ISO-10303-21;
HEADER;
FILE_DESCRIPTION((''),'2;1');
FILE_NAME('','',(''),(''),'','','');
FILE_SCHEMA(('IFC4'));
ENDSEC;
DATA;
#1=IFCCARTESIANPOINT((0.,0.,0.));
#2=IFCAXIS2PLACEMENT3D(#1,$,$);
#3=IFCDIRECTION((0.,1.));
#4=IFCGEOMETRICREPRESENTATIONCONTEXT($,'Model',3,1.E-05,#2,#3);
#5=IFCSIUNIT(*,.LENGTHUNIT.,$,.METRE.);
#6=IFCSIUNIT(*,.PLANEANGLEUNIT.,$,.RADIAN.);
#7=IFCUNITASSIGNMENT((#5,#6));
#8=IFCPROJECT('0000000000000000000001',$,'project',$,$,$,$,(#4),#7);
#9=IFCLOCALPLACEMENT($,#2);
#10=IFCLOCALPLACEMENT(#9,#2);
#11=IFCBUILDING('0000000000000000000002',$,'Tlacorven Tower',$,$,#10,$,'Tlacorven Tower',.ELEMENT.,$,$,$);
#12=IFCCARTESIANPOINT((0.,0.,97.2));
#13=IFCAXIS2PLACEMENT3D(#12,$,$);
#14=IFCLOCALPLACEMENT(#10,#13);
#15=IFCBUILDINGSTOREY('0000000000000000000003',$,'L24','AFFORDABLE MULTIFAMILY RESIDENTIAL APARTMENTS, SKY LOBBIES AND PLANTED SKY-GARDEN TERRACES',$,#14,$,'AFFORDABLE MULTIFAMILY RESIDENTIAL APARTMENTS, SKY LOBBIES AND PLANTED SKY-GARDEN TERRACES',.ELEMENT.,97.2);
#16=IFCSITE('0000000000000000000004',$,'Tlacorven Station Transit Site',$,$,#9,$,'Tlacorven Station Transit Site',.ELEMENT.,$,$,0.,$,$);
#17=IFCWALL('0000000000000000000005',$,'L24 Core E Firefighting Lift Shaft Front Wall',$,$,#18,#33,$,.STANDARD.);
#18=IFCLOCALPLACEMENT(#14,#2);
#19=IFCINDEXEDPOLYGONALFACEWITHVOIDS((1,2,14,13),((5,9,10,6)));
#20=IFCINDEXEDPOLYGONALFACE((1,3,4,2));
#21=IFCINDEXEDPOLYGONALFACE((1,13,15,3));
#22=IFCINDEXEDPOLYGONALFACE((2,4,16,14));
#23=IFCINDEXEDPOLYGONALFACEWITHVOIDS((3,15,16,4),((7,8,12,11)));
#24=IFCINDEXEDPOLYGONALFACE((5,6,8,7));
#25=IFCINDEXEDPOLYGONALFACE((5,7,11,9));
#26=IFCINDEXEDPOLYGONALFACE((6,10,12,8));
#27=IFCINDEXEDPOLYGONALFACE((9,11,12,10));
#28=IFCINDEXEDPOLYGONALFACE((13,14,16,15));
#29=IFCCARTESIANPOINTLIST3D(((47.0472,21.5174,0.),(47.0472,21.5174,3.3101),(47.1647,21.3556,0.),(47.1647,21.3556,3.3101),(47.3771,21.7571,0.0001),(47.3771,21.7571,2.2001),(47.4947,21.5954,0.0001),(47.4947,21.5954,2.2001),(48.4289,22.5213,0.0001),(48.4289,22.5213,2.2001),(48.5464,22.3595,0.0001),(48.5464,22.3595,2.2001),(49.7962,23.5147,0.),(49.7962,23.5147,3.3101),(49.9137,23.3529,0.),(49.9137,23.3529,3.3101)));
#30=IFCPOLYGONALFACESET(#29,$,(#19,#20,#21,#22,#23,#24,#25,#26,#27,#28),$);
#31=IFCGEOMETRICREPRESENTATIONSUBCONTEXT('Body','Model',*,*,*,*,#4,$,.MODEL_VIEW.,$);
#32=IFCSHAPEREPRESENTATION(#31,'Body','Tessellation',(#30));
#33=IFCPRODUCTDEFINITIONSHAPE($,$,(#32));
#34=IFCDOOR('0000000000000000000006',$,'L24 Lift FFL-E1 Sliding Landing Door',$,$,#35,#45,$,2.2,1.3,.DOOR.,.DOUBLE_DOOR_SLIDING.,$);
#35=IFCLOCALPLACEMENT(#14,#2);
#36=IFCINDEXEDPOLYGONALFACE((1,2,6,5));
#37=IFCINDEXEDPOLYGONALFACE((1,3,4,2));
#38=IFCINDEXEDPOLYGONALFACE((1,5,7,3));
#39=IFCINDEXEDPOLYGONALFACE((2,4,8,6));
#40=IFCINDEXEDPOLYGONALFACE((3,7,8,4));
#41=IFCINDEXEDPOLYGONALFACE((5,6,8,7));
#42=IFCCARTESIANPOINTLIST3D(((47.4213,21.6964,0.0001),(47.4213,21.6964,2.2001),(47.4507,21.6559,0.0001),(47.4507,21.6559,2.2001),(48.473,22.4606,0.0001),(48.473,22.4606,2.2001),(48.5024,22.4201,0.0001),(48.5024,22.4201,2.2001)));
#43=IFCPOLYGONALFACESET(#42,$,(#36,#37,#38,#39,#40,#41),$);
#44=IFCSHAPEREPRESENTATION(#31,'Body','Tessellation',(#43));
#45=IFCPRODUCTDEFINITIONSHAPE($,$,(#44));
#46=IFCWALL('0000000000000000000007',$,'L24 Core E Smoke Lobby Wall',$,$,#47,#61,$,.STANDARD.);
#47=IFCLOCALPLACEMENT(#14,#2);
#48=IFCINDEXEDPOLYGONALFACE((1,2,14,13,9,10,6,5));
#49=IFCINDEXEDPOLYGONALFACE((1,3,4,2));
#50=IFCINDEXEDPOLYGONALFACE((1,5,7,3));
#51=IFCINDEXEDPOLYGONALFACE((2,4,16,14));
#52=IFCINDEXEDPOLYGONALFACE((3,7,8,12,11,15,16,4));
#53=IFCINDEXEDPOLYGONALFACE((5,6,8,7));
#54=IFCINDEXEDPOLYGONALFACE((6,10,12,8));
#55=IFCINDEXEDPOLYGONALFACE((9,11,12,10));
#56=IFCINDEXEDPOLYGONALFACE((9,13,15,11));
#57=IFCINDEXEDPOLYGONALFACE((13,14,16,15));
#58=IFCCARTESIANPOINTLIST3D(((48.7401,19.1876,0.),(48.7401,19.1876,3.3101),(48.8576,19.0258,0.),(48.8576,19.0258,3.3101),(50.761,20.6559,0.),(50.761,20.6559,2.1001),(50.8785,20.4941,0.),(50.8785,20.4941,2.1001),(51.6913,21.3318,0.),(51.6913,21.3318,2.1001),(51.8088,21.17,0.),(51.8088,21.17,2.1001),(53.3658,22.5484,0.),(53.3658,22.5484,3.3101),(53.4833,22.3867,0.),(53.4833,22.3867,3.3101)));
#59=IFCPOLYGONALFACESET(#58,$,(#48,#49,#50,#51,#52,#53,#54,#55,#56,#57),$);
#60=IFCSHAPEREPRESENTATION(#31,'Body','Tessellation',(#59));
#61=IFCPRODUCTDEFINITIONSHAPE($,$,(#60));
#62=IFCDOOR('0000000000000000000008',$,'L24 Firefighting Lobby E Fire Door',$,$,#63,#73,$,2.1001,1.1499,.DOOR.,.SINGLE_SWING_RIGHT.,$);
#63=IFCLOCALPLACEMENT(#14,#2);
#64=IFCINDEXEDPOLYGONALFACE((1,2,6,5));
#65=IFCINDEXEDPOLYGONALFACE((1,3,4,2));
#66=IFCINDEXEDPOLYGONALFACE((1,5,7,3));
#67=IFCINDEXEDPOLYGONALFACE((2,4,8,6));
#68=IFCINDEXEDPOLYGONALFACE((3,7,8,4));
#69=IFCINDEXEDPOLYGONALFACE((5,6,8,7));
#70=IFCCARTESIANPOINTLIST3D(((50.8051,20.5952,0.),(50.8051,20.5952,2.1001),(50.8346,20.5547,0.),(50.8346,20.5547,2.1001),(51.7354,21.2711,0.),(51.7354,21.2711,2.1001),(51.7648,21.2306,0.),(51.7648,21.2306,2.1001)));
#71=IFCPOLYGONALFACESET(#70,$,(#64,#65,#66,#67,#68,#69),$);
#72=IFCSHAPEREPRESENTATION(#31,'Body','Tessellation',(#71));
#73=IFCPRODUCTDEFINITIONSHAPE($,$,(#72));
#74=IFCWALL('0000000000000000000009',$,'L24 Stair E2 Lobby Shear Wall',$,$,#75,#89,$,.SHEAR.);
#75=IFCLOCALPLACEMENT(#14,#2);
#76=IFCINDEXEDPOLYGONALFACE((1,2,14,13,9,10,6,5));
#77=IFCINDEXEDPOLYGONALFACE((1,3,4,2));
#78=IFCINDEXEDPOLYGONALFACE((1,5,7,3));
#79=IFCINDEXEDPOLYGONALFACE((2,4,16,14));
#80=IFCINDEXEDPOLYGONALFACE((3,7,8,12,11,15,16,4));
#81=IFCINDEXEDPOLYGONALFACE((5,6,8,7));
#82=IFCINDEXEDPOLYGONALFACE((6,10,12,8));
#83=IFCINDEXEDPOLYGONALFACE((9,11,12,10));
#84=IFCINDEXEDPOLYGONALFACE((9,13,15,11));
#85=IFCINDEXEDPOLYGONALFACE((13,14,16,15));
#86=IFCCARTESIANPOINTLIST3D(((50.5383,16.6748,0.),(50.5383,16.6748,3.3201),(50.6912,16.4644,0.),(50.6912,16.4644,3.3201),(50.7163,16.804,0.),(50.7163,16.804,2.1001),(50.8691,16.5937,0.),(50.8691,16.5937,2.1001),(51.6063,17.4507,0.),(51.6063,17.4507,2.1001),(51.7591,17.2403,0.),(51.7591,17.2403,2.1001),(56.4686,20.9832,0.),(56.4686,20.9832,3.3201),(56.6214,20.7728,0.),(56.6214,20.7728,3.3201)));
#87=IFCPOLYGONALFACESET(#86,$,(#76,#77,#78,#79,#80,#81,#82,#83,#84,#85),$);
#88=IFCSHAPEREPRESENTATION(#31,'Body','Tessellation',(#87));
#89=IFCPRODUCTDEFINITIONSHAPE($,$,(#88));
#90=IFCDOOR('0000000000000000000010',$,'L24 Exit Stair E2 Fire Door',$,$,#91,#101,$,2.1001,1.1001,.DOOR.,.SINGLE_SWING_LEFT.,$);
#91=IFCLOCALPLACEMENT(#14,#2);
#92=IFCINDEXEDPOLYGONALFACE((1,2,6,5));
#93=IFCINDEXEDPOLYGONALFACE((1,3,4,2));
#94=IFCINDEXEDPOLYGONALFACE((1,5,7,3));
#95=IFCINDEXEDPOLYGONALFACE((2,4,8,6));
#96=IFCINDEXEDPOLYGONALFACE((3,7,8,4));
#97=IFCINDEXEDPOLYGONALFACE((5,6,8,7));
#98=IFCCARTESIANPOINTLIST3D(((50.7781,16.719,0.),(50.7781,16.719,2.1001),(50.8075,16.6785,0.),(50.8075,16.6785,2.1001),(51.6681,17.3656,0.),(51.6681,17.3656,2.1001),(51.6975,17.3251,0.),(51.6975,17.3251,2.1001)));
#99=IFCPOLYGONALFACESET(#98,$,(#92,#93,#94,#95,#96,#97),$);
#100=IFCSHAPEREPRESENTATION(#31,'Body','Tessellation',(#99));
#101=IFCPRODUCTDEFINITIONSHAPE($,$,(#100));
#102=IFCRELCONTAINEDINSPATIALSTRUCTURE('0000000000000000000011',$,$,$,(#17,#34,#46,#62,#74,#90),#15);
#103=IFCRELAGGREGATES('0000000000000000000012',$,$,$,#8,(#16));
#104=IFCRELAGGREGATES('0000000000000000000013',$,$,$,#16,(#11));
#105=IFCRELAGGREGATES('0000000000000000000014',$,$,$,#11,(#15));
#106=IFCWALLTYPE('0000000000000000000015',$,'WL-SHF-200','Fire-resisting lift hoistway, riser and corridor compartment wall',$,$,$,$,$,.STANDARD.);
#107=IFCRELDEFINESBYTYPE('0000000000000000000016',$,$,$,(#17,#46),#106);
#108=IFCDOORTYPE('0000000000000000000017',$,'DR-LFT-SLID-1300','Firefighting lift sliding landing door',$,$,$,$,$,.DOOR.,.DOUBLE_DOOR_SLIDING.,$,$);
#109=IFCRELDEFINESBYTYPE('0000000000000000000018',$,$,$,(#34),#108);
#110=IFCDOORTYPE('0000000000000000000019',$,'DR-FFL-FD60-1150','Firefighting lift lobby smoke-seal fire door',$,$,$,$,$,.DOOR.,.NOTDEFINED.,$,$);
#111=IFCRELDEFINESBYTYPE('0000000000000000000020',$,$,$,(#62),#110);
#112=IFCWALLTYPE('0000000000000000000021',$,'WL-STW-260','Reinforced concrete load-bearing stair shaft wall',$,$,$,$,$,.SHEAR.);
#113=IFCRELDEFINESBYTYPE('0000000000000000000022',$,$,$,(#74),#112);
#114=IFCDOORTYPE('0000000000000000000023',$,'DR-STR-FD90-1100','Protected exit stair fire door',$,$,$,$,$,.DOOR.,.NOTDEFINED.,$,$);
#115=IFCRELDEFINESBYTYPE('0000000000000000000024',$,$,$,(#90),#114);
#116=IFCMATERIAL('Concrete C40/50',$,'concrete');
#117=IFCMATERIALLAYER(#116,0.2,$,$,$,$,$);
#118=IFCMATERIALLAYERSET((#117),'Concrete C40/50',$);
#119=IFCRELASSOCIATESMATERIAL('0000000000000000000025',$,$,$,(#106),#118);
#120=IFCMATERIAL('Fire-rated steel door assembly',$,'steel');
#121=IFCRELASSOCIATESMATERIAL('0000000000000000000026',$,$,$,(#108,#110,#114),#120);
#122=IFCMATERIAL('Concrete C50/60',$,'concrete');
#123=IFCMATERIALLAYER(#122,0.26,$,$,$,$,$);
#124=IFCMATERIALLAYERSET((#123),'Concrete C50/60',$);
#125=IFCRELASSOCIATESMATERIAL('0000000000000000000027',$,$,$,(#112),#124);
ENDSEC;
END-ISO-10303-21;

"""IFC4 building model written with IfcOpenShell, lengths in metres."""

from ifc_helpers import new_model, si_unit, direction, frame, frame_2d, origin, place, context, subcontext, project, spatial, rectangle, extrude, source, transform, mapped, material, layer, layer_set, type_object, element, fill, save


model = new_model("IFC4")

# Units and contexts
model_context = context("Model", 3, precision=1e-05, world=origin(), true_north=direction((0.0, 1.0)))
body_context = subcontext(model_context, "Body", "Model", "MODEL_VIEW")
ifc_project = project(units=[si_unit("LENGTHUNIT", "METRE"), si_unit("PLANEANGLEUNIT", "RADIAN")], contexts=[model_context])

# Site, building, storey
site_placement = place(None, origin())
site = spatial("IfcSite", under=ifc_project, at=site_placement, Name="Tlacorven Station Transit Site", LongName="Tlacorven Station Transit Site", CompositionType="ELEMENT", RefElevation=0.0)
building_placement = place(site_placement, origin())
building = spatial("IfcBuilding", under=site, at=building_placement, Name="Tlacorven Tower", LongName="Tlacorven Tower", CompositionType="ELEMENT")
storey_placement = place(building_placement, frame((0.0, 0.0, 97.2)))
storey = spatial("IfcBuildingStorey", under=building, at=storey_placement, Name="L24", Description="AFFORDABLE MULTIFAMILY RESIDENTIAL APARTMENTS, SKY LOBBIES AND PLANTED SKY-GARDEN TERRACES", LongName="AFFORDABLE MULTIFAMILY RESIDENTIAL APARTMENTS, SKY LOBBIES AND PLANTED SKY-GARDEN TERRACES", CompositionType="ELEMENT", Elevation=97.2)

# Walls, openings, doors
ifc_material_1 = material(Name="Concrete C40/50", Category="concrete")
ifc_layer_1 = layer(ifc_material_1, 0.2)
ifc_layer_set_1 = layer_set([ifc_layer_1], Name="Concrete C40/50")
wall_type_1 = type_object("IfcWallType", Name="WL-SHF-200", Description="Fire-resisting lift hoistway, riser and corridor compartment wall", PredefinedType="STANDARD", material=ifc_layer_set_1)
wall_1_placement = place(storey_placement, frame((47.106, 21.4365, 0.0), z_axis=(0.0, 0.0, 1.0), x_axis=(0.809013, 0.587791, 0.0)))
wall_1 = element("IfcWall", 1, at=wall_1_placement, inside=storey, type_object=wall_type_1, Name="L24 Core E Firefighting Lift Shaft Front Wall", PredefinedType="STANDARD", context=body_context, shape_type="SweptSolid", body=[
    extrude(rectangle(XDim=3.3979, YDim=0.2, at=frame_2d((1.699, 0.0))), origin(), (0.0, 0.0, 1.0), 3.3101),
])
opening_1_placement = place(wall_1_placement, frame((0.408, 0.0, 0.0)))
opening_1 = element("IfcOpeningElement", 2, at=opening_1_placement, cuts=wall_1, PredefinedType="OPENING", context=body_context, shape_type="SweptSolid", body=[
    extrude(rectangle(XDim=1.3, YDim=2.2, at=frame_2d((0.6499, 1.1001))), frame((0.0, 0.1099, 0.0), z_axis=(0.0, -1.0, 0.0), x_axis=(1.0, 0.0, 0.0)), (0.0, 0.0, 1.0), 0.22),
])
ifc_material_2 = material(Name="Fire-rated steel door assembly", Category="steel")
door_type_1 = type_object("IfcDoorType", Name="DR-LFT-SLID-1300", Description="Firefighting lift sliding landing door", OperationType="DOUBLE_DOOR_SLIDING", PredefinedType="DOOR", material=ifc_material_2)
shared_shape_1 = source(origin(), body_context, "Body", "SweptSolid", [
    extrude(rectangle(XDim=1.3, YDim=2.2, at=frame_2d((0.6499, 1.1001))), frame((0.0, 0.0249, 0.0), z_axis=(0.0, -1.0, 0.0), x_axis=(1.0, 0.0, 0.0)), (0.0, 0.0, 1.0), 0.05),
])
door_1_placement = place(opening_1_placement, origin())
door_1 = element("IfcDoor", 3, at=door_1_placement, inside=storey, type_object=door_type_1, Name="L24 Lift FFL-E1 Sliding Landing Door", OperationType="DOUBLE_DOOR_SLIDING", OverallHeight=2.2, OverallWidth=1.3, PredefinedType="DOOR", context=body_context, shape_type="MappedRepresentation", body=[
    mapped(shared_shape_1, transform((0.0, 0.0, 0.0), scale=1.0)),
])
fill(opening_1, door_1)
wall_2_placement = place(storey_placement, frame((48.7988, 19.1067, 0.0), z_axis=(0.0, 0.0, 1.0), x_axis=(0.809013, 0.587791, 0.0)))
wall_2 = element("IfcWall", 4, at=wall_2_placement, inside=storey, type_object=wall_type_1, Name="L24 Core E Smoke Lobby Wall", PredefinedType="STANDARD", context=body_context, shape_type="SweptSolid", body=[
    extrude(rectangle(XDim=5.7178, YDim=0.2, at=frame_2d((2.8589, 0.0))), origin(), (0.0, 0.0, 1.0), 3.3101),
])
opening_2_placement = place(wall_2_placement, frame((2.498, 0.0, 0.0)))
opening_2 = element("IfcOpeningElement", 5, at=opening_2_placement, cuts=wall_2, PredefinedType="OPENING", context=body_context, shape_type="SweptSolid", body=[
    extrude(rectangle(XDim=1.1499, YDim=2.1001, at=frame_2d((0.575, 1.05))), frame((0.0, 0.1099, 0.0), z_axis=(0.0, -1.0, 0.0), x_axis=(1.0, 0.0, 0.0)), (0.0, 0.0, 1.0), 0.22),
])
door_type_2 = type_object("IfcDoorType", Name="DR-FFL-FD60-1150", Description="Firefighting lift lobby smoke-seal fire door", OperationType="NOTDEFINED", PredefinedType="DOOR", material=ifc_material_2)
shared_shape_2 = source(origin(), body_context, "Body", "SweptSolid", [
    extrude(rectangle(XDim=1.1499, YDim=2.1001, at=frame_2d((0.575, 1.05))), frame((0.0, 0.0249, 0.0), z_axis=(0.0, -1.0, 0.0), x_axis=(1.0, 0.0, 0.0)), (0.0, 0.0, 1.0), 0.05),
])
door_2_placement = place(opening_2_placement, origin())
door_2 = element("IfcDoor", 6, at=door_2_placement, inside=storey, type_object=door_type_2, Name="L24 Firefighting Lobby E Fire Door", OperationType="SINGLE_SWING_RIGHT", OverallHeight=2.1001, OverallWidth=1.1499, PredefinedType="DOOR", context=body_context, shape_type="MappedRepresentation", body=[
    mapped(shared_shape_2, transform((0.0, 0.0, 0.0), scale=1.0)),
])
fill(opening_2, door_2)
ifc_material_3 = material(Name="Concrete C50/60", Category="concrete")
ifc_layer_2 = layer(ifc_material_3, 0.26)
ifc_layer_set_2 = layer_set([ifc_layer_2], Name="Concrete C50/60")
wall_type_2 = type_object("IfcWallType", Name="WL-STW-260", Description="Reinforced concrete load-bearing stair shaft wall", PredefinedType="SHEAR", material=ifc_layer_set_2)
wall_3_placement = place(storey_placement, frame((50.6147, 16.5696, 0.0), z_axis=(0.0, 0.0, 1.0), x_axis=(0.809028, 0.58777, 0.0)))
wall_3 = element("IfcWall", 7, at=wall_3_placement, inside=storey, type_object=wall_type_2, Name="L24 Stair E2 Lobby Shear Wall", PredefinedType="SHEAR", context=body_context, shape_type="SweptSolid", body=[
    extrude(rectangle(XDim=7.3301, YDim=0.26, at=frame_2d((3.665, 0.0))), origin(), (0.0, 0.0, 1.0), 3.3201),
])
opening_3_placement = place(wall_3_placement, frame((0.22, 0.0, 0.0)))
opening_3 = element("IfcOpeningElement", 8, at=opening_3_placement, cuts=wall_3, PredefinedType="OPENING", context=body_context, shape_type="SweptSolid", body=[
    extrude(rectangle(XDim=1.1001, YDim=2.1001, at=frame_2d((0.55, 1.05))), frame((0.0, 0.1401, 0.0), z_axis=(0.0, -1.0, 0.0), x_axis=(1.0, 0.0, 0.0)), (0.0, 0.0, 1.0), 0.28),
])
door_type_3 = type_object("IfcDoorType", Name="DR-STR-FD90-1100", Description="Protected exit stair fire door", OperationType="NOTDEFINED", PredefinedType="DOOR", material=ifc_material_2)
shared_shape_3 = source(origin(), body_context, "Body", "SweptSolid", [
    extrude(rectangle(XDim=1.1001, YDim=2.1001, at=frame_2d((0.55, 1.05))), frame((0.0, 0.0249, 0.0), z_axis=(0.0, -1.0, 0.0), x_axis=(1.0, 0.0, 0.0)), (0.0, 0.0, 1.0), 0.05),
])
door_3_placement = place(opening_3_placement, origin())
door_3 = element("IfcDoor", 9, at=door_3_placement, inside=storey, type_object=door_type_3, Name="L24 Exit Stair E2 Fire Door", OperationType="SINGLE_SWING_LEFT", OverallHeight=2.1001, OverallWidth=1.1001, PredefinedType="DOOR", context=body_context, shape_type="MappedRepresentation", body=[
    mapped(shared_shape_3, transform((0.0, 0.0, 0.0), scale=1.0)),
])
fill(opening_3, door_3)

save(model, "model.ifc")
